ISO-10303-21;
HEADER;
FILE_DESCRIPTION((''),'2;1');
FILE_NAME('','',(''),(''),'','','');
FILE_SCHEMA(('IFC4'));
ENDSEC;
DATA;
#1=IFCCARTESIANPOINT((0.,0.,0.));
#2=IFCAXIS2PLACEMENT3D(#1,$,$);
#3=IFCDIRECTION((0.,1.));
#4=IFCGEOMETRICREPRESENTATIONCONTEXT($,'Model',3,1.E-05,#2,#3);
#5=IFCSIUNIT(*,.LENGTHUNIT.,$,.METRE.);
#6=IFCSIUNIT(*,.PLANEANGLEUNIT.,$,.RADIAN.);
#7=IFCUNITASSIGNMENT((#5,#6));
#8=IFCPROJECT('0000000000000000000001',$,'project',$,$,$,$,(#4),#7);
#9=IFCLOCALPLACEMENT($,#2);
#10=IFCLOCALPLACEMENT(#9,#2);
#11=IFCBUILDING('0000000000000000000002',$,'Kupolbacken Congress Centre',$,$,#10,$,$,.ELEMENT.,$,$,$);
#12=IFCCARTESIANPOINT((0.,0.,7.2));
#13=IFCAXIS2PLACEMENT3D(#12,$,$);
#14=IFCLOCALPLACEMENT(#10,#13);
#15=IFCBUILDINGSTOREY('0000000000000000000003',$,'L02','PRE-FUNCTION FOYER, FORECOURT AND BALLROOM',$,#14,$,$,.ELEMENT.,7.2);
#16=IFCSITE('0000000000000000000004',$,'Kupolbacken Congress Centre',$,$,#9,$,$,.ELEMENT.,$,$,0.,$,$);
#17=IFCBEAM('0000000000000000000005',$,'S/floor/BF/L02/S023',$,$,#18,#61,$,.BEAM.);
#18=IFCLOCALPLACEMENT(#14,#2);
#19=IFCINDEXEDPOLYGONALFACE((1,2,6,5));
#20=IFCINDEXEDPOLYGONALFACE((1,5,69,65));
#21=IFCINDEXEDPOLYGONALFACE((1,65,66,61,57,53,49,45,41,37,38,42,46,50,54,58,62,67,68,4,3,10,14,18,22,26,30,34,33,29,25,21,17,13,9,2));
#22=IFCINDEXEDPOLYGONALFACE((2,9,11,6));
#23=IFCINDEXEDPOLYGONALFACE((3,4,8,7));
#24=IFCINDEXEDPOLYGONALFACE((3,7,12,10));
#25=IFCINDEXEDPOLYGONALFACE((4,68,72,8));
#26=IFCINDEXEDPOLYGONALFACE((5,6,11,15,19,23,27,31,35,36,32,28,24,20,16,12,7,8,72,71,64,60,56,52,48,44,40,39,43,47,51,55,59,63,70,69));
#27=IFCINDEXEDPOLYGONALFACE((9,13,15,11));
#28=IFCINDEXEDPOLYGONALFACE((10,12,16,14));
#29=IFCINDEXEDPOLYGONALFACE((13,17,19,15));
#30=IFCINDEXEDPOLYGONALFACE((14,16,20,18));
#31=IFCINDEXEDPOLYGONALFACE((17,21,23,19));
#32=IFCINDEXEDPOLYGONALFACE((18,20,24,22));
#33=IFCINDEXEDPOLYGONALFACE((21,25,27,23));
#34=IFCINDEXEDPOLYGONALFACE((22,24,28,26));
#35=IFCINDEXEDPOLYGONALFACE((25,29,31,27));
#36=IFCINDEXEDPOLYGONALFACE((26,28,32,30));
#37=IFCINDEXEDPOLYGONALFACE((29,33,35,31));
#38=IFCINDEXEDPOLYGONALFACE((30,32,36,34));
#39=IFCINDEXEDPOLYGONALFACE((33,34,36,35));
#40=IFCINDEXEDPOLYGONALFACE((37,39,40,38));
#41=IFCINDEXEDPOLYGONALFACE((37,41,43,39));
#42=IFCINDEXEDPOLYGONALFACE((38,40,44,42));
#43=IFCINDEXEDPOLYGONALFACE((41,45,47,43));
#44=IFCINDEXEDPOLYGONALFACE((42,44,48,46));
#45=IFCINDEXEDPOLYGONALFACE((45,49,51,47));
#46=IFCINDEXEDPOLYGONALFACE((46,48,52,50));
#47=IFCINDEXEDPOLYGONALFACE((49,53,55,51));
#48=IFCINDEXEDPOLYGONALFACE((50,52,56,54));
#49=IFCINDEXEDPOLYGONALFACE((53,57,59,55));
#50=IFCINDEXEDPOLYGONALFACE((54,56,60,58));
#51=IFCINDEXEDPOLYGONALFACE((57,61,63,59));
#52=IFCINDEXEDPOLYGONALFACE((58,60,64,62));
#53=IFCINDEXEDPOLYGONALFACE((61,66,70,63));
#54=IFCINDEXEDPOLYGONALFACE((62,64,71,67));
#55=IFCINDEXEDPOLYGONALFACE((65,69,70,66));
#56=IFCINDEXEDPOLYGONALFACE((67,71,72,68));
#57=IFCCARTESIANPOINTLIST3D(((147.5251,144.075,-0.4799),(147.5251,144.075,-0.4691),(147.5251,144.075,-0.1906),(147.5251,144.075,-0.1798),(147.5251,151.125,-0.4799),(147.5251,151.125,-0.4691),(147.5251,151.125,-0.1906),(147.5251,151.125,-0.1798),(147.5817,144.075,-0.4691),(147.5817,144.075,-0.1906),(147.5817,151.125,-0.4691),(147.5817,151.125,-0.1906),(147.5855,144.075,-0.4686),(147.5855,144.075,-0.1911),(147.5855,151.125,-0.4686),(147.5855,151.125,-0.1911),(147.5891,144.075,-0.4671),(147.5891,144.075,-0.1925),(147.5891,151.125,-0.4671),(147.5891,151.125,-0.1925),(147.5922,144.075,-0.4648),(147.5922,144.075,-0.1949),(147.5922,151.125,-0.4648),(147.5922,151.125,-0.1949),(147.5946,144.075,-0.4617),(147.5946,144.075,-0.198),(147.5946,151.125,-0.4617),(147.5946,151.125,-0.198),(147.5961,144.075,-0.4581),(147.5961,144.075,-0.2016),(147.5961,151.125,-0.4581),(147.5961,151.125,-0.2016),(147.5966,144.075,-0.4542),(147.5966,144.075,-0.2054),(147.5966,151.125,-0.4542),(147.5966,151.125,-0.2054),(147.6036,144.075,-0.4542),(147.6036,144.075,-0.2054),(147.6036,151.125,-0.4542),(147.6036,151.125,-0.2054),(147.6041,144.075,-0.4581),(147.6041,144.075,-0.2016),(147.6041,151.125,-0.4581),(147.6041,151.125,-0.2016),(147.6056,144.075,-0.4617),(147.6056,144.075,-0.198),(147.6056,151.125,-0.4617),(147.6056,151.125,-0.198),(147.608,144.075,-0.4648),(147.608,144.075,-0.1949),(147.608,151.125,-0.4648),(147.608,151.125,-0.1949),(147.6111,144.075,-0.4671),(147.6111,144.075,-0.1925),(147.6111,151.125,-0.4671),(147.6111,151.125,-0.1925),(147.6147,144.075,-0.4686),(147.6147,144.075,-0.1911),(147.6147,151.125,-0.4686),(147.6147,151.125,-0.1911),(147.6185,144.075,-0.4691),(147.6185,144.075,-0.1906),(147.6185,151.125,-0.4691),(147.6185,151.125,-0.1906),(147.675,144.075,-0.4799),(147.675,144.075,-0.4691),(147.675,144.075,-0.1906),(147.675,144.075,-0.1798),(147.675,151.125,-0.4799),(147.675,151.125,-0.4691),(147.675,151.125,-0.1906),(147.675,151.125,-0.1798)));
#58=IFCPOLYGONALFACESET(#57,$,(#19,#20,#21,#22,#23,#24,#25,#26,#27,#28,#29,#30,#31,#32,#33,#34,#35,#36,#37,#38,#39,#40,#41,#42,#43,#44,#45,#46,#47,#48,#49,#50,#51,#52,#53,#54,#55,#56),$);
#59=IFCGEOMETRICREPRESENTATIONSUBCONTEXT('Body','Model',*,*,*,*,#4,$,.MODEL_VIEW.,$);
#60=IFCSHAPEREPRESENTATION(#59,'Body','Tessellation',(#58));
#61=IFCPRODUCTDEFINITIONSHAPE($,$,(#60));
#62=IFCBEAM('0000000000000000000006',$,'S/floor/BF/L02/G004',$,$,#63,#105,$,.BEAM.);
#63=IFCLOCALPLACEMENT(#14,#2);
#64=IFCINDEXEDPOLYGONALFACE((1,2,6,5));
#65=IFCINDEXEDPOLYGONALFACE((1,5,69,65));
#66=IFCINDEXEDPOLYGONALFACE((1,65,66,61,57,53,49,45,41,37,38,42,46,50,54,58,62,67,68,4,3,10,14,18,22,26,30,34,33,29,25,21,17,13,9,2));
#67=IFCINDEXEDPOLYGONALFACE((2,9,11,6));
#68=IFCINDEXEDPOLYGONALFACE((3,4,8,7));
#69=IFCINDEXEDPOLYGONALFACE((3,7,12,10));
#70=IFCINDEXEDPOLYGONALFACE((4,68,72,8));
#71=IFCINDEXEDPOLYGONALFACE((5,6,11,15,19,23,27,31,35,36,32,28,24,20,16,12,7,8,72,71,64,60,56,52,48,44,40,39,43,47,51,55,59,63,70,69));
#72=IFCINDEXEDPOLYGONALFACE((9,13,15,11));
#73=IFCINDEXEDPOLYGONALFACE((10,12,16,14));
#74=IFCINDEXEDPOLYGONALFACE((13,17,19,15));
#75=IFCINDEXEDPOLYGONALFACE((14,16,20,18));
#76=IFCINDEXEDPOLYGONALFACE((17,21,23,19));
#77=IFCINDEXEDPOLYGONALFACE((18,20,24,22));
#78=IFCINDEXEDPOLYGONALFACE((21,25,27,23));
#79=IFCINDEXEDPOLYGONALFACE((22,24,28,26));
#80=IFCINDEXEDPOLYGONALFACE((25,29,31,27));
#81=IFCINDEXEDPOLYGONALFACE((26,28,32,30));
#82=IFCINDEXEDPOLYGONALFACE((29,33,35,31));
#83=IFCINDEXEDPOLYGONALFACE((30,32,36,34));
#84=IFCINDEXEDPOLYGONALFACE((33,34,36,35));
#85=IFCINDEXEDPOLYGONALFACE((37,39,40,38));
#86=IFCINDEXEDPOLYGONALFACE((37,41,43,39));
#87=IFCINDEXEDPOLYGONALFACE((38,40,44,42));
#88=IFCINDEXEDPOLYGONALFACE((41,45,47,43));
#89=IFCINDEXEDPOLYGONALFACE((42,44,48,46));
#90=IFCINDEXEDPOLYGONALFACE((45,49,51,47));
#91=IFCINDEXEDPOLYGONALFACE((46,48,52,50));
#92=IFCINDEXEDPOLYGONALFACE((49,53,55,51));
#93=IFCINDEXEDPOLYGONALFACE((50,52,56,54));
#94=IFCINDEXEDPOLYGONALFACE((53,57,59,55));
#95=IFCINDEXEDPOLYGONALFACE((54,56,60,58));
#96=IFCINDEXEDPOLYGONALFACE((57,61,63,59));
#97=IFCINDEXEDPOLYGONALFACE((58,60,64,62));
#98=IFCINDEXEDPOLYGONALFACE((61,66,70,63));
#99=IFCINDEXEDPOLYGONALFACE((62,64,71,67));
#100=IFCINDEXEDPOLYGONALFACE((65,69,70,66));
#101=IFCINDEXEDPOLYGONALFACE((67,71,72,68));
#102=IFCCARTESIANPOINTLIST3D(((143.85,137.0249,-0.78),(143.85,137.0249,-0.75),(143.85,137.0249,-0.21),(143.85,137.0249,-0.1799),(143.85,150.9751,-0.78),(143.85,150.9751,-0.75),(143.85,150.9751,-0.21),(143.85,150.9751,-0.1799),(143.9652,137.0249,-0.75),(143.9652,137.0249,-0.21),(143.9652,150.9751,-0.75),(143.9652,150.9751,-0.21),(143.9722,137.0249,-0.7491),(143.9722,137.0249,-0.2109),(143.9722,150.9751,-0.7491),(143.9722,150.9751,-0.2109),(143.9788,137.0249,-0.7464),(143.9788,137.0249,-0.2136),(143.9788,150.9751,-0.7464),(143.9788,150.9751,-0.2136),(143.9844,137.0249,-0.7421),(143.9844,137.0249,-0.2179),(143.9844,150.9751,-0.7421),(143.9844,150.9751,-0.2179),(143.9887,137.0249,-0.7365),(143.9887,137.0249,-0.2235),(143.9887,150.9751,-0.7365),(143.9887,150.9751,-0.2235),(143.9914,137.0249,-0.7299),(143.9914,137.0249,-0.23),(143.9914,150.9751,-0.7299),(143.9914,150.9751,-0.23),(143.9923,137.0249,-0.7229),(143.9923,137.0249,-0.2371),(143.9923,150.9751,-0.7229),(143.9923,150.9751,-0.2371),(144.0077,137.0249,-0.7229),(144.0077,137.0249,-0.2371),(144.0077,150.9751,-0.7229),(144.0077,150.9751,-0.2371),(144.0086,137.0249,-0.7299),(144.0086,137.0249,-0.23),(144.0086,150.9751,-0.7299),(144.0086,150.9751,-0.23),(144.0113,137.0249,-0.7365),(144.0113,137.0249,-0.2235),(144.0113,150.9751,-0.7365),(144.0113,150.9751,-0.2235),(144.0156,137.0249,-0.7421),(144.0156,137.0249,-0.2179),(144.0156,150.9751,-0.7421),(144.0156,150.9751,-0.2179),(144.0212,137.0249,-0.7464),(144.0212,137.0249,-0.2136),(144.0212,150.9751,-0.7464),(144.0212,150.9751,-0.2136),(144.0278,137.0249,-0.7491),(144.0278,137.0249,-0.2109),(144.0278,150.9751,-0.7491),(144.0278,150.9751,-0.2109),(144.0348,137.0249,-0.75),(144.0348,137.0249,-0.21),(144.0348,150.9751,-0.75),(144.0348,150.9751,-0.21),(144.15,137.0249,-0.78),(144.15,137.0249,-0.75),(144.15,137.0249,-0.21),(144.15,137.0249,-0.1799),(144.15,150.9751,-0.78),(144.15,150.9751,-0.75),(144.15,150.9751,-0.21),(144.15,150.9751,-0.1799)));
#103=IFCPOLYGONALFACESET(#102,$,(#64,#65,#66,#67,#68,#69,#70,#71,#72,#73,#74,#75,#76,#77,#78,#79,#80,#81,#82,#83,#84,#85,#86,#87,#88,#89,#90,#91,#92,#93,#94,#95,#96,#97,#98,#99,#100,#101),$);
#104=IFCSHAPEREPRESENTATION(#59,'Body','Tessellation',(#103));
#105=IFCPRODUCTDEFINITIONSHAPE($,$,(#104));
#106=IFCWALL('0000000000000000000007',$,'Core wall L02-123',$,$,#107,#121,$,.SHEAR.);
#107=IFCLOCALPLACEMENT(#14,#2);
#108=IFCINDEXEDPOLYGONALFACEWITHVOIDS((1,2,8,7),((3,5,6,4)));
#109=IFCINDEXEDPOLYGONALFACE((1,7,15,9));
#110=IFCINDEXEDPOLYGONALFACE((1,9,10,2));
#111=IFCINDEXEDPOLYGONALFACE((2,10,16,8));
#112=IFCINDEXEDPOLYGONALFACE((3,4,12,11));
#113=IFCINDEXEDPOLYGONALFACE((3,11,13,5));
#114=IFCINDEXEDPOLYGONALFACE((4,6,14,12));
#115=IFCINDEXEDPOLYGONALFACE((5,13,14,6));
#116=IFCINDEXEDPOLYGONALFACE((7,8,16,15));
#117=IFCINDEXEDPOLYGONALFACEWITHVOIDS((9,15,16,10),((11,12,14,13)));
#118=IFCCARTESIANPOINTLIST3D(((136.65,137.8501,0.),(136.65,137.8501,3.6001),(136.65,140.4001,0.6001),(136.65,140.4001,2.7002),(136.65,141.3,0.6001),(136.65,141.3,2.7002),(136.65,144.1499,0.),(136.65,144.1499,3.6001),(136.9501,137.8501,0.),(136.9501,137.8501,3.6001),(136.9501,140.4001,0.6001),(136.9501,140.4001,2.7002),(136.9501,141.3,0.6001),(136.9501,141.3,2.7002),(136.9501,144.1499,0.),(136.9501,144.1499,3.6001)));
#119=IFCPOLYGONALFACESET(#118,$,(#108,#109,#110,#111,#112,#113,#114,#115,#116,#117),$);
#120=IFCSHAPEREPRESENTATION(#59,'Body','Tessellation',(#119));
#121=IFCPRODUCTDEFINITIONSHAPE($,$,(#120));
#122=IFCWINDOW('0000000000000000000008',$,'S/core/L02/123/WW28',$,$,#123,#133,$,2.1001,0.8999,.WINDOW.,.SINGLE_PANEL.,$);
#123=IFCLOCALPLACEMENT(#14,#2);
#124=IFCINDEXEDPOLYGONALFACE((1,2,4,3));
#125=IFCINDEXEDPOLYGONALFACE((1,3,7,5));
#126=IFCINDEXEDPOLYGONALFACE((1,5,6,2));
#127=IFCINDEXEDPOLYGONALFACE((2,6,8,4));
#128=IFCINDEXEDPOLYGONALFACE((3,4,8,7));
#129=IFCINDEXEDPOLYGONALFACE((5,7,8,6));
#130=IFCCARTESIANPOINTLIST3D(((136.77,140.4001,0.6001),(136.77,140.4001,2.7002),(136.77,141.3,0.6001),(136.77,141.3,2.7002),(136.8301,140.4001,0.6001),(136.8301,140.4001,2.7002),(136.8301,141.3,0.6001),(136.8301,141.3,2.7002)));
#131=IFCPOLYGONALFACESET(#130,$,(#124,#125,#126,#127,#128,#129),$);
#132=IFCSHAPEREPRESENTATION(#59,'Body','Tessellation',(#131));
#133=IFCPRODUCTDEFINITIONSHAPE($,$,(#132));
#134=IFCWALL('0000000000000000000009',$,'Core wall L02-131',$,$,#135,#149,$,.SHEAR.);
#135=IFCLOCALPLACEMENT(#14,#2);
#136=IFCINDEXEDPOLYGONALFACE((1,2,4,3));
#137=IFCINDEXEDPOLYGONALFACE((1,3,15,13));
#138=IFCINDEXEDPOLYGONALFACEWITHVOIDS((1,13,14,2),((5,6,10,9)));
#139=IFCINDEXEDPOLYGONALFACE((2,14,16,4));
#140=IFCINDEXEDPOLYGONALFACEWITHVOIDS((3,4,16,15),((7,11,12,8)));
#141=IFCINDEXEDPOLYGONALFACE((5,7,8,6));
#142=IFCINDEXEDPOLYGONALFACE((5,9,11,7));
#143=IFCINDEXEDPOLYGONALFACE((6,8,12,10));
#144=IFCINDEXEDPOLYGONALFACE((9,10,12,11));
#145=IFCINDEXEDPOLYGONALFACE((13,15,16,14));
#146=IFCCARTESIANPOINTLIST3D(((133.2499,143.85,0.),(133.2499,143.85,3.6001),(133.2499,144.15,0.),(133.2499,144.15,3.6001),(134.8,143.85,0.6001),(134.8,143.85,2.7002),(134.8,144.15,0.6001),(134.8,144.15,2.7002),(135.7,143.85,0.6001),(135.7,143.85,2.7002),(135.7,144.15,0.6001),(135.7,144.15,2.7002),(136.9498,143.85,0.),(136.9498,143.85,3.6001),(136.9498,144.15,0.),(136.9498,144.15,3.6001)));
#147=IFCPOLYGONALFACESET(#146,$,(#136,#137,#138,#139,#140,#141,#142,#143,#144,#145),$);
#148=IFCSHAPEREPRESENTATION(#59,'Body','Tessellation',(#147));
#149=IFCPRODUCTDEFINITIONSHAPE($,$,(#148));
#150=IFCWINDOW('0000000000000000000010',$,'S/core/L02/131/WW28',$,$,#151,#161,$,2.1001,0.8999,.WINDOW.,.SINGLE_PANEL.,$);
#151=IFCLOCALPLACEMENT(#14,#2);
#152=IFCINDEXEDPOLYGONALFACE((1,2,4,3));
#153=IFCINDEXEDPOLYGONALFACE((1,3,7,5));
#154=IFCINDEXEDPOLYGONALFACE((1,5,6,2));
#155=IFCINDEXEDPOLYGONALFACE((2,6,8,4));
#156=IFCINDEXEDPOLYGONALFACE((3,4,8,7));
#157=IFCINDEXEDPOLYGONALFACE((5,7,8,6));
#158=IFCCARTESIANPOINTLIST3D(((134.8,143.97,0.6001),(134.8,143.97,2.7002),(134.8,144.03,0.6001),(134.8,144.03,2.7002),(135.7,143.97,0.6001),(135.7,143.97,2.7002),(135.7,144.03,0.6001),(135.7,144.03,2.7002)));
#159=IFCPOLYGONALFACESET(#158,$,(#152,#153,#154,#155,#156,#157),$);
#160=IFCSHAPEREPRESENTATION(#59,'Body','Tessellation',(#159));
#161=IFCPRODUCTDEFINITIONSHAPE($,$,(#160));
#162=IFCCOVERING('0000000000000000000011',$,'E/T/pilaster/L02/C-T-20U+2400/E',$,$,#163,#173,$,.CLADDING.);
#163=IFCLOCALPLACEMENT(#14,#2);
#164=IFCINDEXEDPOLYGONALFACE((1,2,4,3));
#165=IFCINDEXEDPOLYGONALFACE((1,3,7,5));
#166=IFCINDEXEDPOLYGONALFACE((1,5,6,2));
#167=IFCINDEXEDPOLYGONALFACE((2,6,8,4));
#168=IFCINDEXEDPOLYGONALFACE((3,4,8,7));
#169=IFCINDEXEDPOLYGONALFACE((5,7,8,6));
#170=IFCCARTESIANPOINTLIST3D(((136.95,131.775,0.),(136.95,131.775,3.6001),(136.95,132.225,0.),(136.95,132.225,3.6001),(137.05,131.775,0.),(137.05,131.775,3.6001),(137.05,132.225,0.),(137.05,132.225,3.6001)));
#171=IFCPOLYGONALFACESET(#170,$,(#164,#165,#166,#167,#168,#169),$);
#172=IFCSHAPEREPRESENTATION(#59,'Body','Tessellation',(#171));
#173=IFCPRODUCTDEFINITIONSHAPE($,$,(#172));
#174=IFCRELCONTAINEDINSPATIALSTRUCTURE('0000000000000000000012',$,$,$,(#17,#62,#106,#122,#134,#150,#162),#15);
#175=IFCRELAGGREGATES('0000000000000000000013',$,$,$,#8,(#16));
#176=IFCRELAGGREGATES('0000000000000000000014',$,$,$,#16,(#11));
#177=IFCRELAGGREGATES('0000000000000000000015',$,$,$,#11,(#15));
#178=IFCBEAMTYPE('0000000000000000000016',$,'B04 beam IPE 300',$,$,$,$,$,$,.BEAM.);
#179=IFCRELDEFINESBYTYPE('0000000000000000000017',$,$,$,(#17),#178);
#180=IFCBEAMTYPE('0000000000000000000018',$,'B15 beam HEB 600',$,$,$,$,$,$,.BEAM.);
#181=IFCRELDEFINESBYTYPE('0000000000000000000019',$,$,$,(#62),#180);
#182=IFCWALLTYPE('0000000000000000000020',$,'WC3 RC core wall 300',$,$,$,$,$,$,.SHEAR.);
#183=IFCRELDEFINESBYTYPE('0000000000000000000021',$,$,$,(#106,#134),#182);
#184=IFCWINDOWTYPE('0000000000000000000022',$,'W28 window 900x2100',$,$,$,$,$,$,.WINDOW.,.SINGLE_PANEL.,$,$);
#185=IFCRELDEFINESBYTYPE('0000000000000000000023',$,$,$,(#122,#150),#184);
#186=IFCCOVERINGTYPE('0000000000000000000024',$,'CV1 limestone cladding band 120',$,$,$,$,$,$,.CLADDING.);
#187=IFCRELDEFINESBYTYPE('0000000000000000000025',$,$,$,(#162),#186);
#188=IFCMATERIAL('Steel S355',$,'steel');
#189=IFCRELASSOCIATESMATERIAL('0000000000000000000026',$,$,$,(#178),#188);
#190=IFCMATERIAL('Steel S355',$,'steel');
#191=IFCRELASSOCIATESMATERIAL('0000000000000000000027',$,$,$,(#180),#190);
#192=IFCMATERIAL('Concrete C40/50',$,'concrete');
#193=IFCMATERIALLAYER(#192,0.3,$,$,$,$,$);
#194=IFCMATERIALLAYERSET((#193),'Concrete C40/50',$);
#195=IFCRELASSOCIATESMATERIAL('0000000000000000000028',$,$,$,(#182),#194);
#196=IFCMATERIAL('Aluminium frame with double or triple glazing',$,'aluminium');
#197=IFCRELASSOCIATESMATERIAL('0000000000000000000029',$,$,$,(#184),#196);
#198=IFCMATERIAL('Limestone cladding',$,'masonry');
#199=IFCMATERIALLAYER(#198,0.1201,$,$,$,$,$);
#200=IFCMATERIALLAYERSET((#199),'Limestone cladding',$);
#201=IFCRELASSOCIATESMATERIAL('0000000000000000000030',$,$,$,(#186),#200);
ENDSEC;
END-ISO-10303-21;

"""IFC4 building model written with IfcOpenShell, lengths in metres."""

from ifc_helpers import new_model, si_unit, direction, frame, frame_2d, origin, origin_2d, place, context, subcontext, project, spatial, rectangle, i_section, extrude, material, layer, layer_set, material_profile, profile_set, type_object, element, fill, save


model = new_model("IFC4")

# Units and contexts
model_context = context("Model", 3, precision=1e-05, world=origin(), true_north=direction((0.0, 1.0)))
body_context = subcontext(model_context, "Body", "Model", "MODEL_VIEW")
ifc_project = project(units=[si_unit("LENGTHUNIT", "METRE"), si_unit("PLANEANGLEUNIT", "RADIAN")], contexts=[model_context])

# Site, building, storey
site_placement = place(None, origin())
site = spatial("IfcSite", under=ifc_project, at=site_placement, Name="Kupolbacken Congress Centre", CompositionType="ELEMENT", RefElevation=0.0)
building_placement = place(site_placement, origin())
building = spatial("IfcBuilding", under=site, at=building_placement, Name="Kupolbacken Congress Centre", CompositionType="ELEMENT")
storey_placement = place(building_placement, frame((0.0, 0.0, 7.2)))
storey = spatial("IfcBuildingStorey", under=building, at=storey_placement, Name="L02", Description="PRE-FUNCTION FOYER, FORECOURT AND BALLROOM", CompositionType="ELEMENT", Elevation=7.2)

# Beams
ifc_material_1 = material(Name="Steel S355", Category="steel")
ifc_material_profile_1 = material_profile(ifc_material_1, i_section(OverallWidth=0.1499, OverallDepth=0.3, WebThickness=0.0071, FlangeThickness=0.0107, FilletRadius=0.0149, at=origin_2d()), Name="IPE 300")
ifc_profile_set_1 = profile_set([ifc_material_profile_1], Name="Steel S355")
beam_type_1 = type_object("IfcBeamType", Name="B04 beam IPE 300", PredefinedType="BEAM", material=ifc_profile_set_1)
for number, where, z_axis, x_axis, name in (
    (1, (147.6001, 144.075, -0.3298), (0.0, 1.0, 0.0), (-1.0, 0.0, 0.0), "S/floor/BF/L02/S023"),
):
    element("IfcBeam", number, at=place(storey_placement, frame(where, z_axis=z_axis, x_axis=x_axis)), inside=storey, type_object=beam_type_1, Name=name, PredefinedType="BEAM", context=body_context, shape_type="SweptSolid", body=[
        extrude(i_section(OverallWidth=0.1499, OverallDepth=0.3, WebThickness=0.0071, FlangeThickness=0.0107, FilletRadius=0.0149, at=origin_2d()), origin(), (0.0, 0.0, 1.0), 7.05),
    ])
ifc_material_2 = material(Name="Steel S355", Category="steel")
ifc_material_profile_2 = material_profile(ifc_material_2, i_section(OverallWidth=0.3, OverallDepth=0.6001, WebThickness=0.0154, FlangeThickness=0.03, FilletRadius=0.0271, at=origin_2d()), Name="HEB 600")
ifc_profile_set_2 = profile_set([ifc_material_profile_2], Name="Steel S355")
beam_type_2 = type_object("IfcBeamType", Name="B15 beam HEB 600", PredefinedType="BEAM", material=ifc_profile_set_2)
beam_1_placement = place(storey_placement, frame((144.0, 137.0249, -0.48), z_axis=(0.0, 1.0, 0.0), x_axis=(-1.0, 0.0, 0.0)))
element("IfcBeam", 2, at=beam_1_placement, inside=storey, type_object=beam_type_2, Name="S/floor/BF/L02/G004", PredefinedType="BEAM", context=body_context, shape_type="SweptSolid", body=[
    extrude(i_section(OverallWidth=0.3, OverallDepth=0.6001, WebThickness=0.0154, FlangeThickness=0.03, FilletRadius=0.0271, at=origin_2d()), origin(), (0.0, 0.0, 1.0), 13.9502),
])

# Walls, openings, windows
ifc_material_3 = material(Name="Concrete C40/50", Category="concrete")
ifc_layer_1 = layer(ifc_material_3, 0.3)
ifc_layer_set_1 = layer_set([ifc_layer_1], Name="Concrete C40/50")
wall_type = type_object("IfcWallType", Name="WC3 RC core wall 300", PredefinedType="SHEAR", material=ifc_layer_set_1)
wall_1_placement = place(storey_placement, frame((136.8, 137.8501, 0.0), z_axis=(0.0, 0.0, 1.0), x_axis=(0.0, 1.0, 0.0)))
wall_1 = element("IfcWall", 3, at=wall_1_placement, inside=storey, type_object=wall_type, Name="Core wall L02-123", PredefinedType="SHEAR", context=body_context, shape_type="SweptSolid", body=[
    extrude(rectangle(XDim=6.2998, YDim=0.3, at=frame_2d((3.1499, 0.0))), origin(), (0.0, 0.0, 1.0), 3.6001),
])
opening_1_placement = place(wall_1_placement, frame((2.55, 0.0, 0.6001)))
opening_1 = element("IfcOpeningElement", 4, at=opening_1_placement, cuts=wall_1, PredefinedType="OPENING", context=body_context, shape_type="SweptSolid", body=[
    extrude(rectangle(XDim=0.8999, YDim=2.1001, at=frame_2d((0.45, 1.05))), frame((0.0, 0.1599, 0.0), z_axis=(0.0, -1.0, 0.0), x_axis=(1.0, 0.0, 0.0)), (0.0, 0.0, 1.0), 0.3201),
])
ifc_material_4 = material(Name="Aluminium frame with double or triple glazing", Category="aluminium")
window_type = type_object("IfcWindowType", Name="W28 window 900x2100", PartitioningType="SINGLE_PANEL", PredefinedType="WINDOW", material=ifc_material_4)
window_1_placement = place(opening_1_placement, origin())
window_1 = element("IfcWindow", 5, at=window_1_placement, inside=storey, type_object=window_type, Name="S/core/L02/123/WW28", OverallHeight=2.1001, OverallWidth=0.8999, PartitioningType="SINGLE_PANEL", PredefinedType="WINDOW", context=body_context, shape_type="SweptSolid", body=[
    extrude(rectangle(XDim=0.8999, YDim=2.1001, at=frame_2d((0.45, 1.05))), frame((0.0, 0.03, 0.0), z_axis=(0.0, -1.0, 0.0), x_axis=(1.0, 0.0, 0.0)), (0.0, 0.0, 1.0), 0.0601),
])
fill(opening_1, window_1)
wall_2_placement = place(storey_placement, frame((136.95, 144.0, 0.0), z_axis=(0.0, 0.0, 1.0), x_axis=(-1.0, 0.0, 0.0)))
wall_2 = element("IfcWall", 6, at=wall_2_placement, inside=storey, type_object=wall_type, Name="Core wall L02-131", PredefinedType="SHEAR", context=body_context, shape_type="SweptSolid", body=[
    extrude(rectangle(XDim=3.7, YDim=0.3, at=frame_2d((1.8501, 0.0))), origin(), (0.0, 0.0, 1.0), 3.6001),
])
opening_2_placement = place(wall_2_placement, frame((1.25, 0.0, 0.6001)))
opening_2 = element("IfcOpeningElement", 7, at=opening_2_placement, cuts=wall_2, PredefinedType="OPENING", context=body_context, shape_type="SweptSolid", body=[
    extrude(rectangle(XDim=0.8999, YDim=2.1001, at=frame_2d((0.45, 1.05))), frame((0.0, 0.1599, 0.0), z_axis=(0.0, -1.0, 0.0), x_axis=(1.0, 0.0, 0.0)), (0.0, 0.0, 1.0), 0.3201),
])
window_2_placement = place(opening_2_placement, origin())
window_2 = element("IfcWindow", 8, at=window_2_placement, inside=storey, type_object=window_type, Name="S/core/L02/131/WW28", OverallHeight=2.1001, OverallWidth=0.8999, PartitioningType="SINGLE_PANEL", PredefinedType="WINDOW", context=body_context, shape_type="SweptSolid", body=[
    extrude(rectangle(XDim=0.8999, YDim=2.1001, at=frame_2d((0.45, 1.05))), frame((0.0, 0.03, 0.0), z_axis=(0.0, -1.0, 0.0), x_axis=(1.0, 0.0, 0.0)), (0.0, 0.0, 1.0), 0.0601),
])
fill(opening_2, window_2)

# Covering
ifc_material_5 = material(Name="Limestone cladding", Category="masonry")
ifc_layer_2 = layer(ifc_material_5, 0.1201)
ifc_layer_set_2 = layer_set([ifc_layer_2], Name="Limestone cladding")
covering_type = type_object("IfcCoveringType", Name="CV1 limestone cladding band 120", PredefinedType="CLADDING", material=ifc_layer_set_2)
for number, where, z_axis, x_axis, name in (
    (9, (137.0, 132.0, 0.0), (0.0, 0.0, 1.0), (1.0, 0.0, 0.0), "E/T/pilaster/L02/C-T-20U+2400/E"),
):
    element("IfcCovering", number, at=place(storey_placement, frame(where, z_axis=z_axis, x_axis=x_axis)), inside=storey, type_object=covering_type, Name=name, PredefinedType="CLADDING", context=body_context, shape_type="SweptSolid", body=[
        extrude(rectangle(XDim=0.1001, YDim=0.45, at=origin_2d()), origin(), (0.0, 0.0, 1.0), 3.6001),
    ])

save(model, "model.ifc")
